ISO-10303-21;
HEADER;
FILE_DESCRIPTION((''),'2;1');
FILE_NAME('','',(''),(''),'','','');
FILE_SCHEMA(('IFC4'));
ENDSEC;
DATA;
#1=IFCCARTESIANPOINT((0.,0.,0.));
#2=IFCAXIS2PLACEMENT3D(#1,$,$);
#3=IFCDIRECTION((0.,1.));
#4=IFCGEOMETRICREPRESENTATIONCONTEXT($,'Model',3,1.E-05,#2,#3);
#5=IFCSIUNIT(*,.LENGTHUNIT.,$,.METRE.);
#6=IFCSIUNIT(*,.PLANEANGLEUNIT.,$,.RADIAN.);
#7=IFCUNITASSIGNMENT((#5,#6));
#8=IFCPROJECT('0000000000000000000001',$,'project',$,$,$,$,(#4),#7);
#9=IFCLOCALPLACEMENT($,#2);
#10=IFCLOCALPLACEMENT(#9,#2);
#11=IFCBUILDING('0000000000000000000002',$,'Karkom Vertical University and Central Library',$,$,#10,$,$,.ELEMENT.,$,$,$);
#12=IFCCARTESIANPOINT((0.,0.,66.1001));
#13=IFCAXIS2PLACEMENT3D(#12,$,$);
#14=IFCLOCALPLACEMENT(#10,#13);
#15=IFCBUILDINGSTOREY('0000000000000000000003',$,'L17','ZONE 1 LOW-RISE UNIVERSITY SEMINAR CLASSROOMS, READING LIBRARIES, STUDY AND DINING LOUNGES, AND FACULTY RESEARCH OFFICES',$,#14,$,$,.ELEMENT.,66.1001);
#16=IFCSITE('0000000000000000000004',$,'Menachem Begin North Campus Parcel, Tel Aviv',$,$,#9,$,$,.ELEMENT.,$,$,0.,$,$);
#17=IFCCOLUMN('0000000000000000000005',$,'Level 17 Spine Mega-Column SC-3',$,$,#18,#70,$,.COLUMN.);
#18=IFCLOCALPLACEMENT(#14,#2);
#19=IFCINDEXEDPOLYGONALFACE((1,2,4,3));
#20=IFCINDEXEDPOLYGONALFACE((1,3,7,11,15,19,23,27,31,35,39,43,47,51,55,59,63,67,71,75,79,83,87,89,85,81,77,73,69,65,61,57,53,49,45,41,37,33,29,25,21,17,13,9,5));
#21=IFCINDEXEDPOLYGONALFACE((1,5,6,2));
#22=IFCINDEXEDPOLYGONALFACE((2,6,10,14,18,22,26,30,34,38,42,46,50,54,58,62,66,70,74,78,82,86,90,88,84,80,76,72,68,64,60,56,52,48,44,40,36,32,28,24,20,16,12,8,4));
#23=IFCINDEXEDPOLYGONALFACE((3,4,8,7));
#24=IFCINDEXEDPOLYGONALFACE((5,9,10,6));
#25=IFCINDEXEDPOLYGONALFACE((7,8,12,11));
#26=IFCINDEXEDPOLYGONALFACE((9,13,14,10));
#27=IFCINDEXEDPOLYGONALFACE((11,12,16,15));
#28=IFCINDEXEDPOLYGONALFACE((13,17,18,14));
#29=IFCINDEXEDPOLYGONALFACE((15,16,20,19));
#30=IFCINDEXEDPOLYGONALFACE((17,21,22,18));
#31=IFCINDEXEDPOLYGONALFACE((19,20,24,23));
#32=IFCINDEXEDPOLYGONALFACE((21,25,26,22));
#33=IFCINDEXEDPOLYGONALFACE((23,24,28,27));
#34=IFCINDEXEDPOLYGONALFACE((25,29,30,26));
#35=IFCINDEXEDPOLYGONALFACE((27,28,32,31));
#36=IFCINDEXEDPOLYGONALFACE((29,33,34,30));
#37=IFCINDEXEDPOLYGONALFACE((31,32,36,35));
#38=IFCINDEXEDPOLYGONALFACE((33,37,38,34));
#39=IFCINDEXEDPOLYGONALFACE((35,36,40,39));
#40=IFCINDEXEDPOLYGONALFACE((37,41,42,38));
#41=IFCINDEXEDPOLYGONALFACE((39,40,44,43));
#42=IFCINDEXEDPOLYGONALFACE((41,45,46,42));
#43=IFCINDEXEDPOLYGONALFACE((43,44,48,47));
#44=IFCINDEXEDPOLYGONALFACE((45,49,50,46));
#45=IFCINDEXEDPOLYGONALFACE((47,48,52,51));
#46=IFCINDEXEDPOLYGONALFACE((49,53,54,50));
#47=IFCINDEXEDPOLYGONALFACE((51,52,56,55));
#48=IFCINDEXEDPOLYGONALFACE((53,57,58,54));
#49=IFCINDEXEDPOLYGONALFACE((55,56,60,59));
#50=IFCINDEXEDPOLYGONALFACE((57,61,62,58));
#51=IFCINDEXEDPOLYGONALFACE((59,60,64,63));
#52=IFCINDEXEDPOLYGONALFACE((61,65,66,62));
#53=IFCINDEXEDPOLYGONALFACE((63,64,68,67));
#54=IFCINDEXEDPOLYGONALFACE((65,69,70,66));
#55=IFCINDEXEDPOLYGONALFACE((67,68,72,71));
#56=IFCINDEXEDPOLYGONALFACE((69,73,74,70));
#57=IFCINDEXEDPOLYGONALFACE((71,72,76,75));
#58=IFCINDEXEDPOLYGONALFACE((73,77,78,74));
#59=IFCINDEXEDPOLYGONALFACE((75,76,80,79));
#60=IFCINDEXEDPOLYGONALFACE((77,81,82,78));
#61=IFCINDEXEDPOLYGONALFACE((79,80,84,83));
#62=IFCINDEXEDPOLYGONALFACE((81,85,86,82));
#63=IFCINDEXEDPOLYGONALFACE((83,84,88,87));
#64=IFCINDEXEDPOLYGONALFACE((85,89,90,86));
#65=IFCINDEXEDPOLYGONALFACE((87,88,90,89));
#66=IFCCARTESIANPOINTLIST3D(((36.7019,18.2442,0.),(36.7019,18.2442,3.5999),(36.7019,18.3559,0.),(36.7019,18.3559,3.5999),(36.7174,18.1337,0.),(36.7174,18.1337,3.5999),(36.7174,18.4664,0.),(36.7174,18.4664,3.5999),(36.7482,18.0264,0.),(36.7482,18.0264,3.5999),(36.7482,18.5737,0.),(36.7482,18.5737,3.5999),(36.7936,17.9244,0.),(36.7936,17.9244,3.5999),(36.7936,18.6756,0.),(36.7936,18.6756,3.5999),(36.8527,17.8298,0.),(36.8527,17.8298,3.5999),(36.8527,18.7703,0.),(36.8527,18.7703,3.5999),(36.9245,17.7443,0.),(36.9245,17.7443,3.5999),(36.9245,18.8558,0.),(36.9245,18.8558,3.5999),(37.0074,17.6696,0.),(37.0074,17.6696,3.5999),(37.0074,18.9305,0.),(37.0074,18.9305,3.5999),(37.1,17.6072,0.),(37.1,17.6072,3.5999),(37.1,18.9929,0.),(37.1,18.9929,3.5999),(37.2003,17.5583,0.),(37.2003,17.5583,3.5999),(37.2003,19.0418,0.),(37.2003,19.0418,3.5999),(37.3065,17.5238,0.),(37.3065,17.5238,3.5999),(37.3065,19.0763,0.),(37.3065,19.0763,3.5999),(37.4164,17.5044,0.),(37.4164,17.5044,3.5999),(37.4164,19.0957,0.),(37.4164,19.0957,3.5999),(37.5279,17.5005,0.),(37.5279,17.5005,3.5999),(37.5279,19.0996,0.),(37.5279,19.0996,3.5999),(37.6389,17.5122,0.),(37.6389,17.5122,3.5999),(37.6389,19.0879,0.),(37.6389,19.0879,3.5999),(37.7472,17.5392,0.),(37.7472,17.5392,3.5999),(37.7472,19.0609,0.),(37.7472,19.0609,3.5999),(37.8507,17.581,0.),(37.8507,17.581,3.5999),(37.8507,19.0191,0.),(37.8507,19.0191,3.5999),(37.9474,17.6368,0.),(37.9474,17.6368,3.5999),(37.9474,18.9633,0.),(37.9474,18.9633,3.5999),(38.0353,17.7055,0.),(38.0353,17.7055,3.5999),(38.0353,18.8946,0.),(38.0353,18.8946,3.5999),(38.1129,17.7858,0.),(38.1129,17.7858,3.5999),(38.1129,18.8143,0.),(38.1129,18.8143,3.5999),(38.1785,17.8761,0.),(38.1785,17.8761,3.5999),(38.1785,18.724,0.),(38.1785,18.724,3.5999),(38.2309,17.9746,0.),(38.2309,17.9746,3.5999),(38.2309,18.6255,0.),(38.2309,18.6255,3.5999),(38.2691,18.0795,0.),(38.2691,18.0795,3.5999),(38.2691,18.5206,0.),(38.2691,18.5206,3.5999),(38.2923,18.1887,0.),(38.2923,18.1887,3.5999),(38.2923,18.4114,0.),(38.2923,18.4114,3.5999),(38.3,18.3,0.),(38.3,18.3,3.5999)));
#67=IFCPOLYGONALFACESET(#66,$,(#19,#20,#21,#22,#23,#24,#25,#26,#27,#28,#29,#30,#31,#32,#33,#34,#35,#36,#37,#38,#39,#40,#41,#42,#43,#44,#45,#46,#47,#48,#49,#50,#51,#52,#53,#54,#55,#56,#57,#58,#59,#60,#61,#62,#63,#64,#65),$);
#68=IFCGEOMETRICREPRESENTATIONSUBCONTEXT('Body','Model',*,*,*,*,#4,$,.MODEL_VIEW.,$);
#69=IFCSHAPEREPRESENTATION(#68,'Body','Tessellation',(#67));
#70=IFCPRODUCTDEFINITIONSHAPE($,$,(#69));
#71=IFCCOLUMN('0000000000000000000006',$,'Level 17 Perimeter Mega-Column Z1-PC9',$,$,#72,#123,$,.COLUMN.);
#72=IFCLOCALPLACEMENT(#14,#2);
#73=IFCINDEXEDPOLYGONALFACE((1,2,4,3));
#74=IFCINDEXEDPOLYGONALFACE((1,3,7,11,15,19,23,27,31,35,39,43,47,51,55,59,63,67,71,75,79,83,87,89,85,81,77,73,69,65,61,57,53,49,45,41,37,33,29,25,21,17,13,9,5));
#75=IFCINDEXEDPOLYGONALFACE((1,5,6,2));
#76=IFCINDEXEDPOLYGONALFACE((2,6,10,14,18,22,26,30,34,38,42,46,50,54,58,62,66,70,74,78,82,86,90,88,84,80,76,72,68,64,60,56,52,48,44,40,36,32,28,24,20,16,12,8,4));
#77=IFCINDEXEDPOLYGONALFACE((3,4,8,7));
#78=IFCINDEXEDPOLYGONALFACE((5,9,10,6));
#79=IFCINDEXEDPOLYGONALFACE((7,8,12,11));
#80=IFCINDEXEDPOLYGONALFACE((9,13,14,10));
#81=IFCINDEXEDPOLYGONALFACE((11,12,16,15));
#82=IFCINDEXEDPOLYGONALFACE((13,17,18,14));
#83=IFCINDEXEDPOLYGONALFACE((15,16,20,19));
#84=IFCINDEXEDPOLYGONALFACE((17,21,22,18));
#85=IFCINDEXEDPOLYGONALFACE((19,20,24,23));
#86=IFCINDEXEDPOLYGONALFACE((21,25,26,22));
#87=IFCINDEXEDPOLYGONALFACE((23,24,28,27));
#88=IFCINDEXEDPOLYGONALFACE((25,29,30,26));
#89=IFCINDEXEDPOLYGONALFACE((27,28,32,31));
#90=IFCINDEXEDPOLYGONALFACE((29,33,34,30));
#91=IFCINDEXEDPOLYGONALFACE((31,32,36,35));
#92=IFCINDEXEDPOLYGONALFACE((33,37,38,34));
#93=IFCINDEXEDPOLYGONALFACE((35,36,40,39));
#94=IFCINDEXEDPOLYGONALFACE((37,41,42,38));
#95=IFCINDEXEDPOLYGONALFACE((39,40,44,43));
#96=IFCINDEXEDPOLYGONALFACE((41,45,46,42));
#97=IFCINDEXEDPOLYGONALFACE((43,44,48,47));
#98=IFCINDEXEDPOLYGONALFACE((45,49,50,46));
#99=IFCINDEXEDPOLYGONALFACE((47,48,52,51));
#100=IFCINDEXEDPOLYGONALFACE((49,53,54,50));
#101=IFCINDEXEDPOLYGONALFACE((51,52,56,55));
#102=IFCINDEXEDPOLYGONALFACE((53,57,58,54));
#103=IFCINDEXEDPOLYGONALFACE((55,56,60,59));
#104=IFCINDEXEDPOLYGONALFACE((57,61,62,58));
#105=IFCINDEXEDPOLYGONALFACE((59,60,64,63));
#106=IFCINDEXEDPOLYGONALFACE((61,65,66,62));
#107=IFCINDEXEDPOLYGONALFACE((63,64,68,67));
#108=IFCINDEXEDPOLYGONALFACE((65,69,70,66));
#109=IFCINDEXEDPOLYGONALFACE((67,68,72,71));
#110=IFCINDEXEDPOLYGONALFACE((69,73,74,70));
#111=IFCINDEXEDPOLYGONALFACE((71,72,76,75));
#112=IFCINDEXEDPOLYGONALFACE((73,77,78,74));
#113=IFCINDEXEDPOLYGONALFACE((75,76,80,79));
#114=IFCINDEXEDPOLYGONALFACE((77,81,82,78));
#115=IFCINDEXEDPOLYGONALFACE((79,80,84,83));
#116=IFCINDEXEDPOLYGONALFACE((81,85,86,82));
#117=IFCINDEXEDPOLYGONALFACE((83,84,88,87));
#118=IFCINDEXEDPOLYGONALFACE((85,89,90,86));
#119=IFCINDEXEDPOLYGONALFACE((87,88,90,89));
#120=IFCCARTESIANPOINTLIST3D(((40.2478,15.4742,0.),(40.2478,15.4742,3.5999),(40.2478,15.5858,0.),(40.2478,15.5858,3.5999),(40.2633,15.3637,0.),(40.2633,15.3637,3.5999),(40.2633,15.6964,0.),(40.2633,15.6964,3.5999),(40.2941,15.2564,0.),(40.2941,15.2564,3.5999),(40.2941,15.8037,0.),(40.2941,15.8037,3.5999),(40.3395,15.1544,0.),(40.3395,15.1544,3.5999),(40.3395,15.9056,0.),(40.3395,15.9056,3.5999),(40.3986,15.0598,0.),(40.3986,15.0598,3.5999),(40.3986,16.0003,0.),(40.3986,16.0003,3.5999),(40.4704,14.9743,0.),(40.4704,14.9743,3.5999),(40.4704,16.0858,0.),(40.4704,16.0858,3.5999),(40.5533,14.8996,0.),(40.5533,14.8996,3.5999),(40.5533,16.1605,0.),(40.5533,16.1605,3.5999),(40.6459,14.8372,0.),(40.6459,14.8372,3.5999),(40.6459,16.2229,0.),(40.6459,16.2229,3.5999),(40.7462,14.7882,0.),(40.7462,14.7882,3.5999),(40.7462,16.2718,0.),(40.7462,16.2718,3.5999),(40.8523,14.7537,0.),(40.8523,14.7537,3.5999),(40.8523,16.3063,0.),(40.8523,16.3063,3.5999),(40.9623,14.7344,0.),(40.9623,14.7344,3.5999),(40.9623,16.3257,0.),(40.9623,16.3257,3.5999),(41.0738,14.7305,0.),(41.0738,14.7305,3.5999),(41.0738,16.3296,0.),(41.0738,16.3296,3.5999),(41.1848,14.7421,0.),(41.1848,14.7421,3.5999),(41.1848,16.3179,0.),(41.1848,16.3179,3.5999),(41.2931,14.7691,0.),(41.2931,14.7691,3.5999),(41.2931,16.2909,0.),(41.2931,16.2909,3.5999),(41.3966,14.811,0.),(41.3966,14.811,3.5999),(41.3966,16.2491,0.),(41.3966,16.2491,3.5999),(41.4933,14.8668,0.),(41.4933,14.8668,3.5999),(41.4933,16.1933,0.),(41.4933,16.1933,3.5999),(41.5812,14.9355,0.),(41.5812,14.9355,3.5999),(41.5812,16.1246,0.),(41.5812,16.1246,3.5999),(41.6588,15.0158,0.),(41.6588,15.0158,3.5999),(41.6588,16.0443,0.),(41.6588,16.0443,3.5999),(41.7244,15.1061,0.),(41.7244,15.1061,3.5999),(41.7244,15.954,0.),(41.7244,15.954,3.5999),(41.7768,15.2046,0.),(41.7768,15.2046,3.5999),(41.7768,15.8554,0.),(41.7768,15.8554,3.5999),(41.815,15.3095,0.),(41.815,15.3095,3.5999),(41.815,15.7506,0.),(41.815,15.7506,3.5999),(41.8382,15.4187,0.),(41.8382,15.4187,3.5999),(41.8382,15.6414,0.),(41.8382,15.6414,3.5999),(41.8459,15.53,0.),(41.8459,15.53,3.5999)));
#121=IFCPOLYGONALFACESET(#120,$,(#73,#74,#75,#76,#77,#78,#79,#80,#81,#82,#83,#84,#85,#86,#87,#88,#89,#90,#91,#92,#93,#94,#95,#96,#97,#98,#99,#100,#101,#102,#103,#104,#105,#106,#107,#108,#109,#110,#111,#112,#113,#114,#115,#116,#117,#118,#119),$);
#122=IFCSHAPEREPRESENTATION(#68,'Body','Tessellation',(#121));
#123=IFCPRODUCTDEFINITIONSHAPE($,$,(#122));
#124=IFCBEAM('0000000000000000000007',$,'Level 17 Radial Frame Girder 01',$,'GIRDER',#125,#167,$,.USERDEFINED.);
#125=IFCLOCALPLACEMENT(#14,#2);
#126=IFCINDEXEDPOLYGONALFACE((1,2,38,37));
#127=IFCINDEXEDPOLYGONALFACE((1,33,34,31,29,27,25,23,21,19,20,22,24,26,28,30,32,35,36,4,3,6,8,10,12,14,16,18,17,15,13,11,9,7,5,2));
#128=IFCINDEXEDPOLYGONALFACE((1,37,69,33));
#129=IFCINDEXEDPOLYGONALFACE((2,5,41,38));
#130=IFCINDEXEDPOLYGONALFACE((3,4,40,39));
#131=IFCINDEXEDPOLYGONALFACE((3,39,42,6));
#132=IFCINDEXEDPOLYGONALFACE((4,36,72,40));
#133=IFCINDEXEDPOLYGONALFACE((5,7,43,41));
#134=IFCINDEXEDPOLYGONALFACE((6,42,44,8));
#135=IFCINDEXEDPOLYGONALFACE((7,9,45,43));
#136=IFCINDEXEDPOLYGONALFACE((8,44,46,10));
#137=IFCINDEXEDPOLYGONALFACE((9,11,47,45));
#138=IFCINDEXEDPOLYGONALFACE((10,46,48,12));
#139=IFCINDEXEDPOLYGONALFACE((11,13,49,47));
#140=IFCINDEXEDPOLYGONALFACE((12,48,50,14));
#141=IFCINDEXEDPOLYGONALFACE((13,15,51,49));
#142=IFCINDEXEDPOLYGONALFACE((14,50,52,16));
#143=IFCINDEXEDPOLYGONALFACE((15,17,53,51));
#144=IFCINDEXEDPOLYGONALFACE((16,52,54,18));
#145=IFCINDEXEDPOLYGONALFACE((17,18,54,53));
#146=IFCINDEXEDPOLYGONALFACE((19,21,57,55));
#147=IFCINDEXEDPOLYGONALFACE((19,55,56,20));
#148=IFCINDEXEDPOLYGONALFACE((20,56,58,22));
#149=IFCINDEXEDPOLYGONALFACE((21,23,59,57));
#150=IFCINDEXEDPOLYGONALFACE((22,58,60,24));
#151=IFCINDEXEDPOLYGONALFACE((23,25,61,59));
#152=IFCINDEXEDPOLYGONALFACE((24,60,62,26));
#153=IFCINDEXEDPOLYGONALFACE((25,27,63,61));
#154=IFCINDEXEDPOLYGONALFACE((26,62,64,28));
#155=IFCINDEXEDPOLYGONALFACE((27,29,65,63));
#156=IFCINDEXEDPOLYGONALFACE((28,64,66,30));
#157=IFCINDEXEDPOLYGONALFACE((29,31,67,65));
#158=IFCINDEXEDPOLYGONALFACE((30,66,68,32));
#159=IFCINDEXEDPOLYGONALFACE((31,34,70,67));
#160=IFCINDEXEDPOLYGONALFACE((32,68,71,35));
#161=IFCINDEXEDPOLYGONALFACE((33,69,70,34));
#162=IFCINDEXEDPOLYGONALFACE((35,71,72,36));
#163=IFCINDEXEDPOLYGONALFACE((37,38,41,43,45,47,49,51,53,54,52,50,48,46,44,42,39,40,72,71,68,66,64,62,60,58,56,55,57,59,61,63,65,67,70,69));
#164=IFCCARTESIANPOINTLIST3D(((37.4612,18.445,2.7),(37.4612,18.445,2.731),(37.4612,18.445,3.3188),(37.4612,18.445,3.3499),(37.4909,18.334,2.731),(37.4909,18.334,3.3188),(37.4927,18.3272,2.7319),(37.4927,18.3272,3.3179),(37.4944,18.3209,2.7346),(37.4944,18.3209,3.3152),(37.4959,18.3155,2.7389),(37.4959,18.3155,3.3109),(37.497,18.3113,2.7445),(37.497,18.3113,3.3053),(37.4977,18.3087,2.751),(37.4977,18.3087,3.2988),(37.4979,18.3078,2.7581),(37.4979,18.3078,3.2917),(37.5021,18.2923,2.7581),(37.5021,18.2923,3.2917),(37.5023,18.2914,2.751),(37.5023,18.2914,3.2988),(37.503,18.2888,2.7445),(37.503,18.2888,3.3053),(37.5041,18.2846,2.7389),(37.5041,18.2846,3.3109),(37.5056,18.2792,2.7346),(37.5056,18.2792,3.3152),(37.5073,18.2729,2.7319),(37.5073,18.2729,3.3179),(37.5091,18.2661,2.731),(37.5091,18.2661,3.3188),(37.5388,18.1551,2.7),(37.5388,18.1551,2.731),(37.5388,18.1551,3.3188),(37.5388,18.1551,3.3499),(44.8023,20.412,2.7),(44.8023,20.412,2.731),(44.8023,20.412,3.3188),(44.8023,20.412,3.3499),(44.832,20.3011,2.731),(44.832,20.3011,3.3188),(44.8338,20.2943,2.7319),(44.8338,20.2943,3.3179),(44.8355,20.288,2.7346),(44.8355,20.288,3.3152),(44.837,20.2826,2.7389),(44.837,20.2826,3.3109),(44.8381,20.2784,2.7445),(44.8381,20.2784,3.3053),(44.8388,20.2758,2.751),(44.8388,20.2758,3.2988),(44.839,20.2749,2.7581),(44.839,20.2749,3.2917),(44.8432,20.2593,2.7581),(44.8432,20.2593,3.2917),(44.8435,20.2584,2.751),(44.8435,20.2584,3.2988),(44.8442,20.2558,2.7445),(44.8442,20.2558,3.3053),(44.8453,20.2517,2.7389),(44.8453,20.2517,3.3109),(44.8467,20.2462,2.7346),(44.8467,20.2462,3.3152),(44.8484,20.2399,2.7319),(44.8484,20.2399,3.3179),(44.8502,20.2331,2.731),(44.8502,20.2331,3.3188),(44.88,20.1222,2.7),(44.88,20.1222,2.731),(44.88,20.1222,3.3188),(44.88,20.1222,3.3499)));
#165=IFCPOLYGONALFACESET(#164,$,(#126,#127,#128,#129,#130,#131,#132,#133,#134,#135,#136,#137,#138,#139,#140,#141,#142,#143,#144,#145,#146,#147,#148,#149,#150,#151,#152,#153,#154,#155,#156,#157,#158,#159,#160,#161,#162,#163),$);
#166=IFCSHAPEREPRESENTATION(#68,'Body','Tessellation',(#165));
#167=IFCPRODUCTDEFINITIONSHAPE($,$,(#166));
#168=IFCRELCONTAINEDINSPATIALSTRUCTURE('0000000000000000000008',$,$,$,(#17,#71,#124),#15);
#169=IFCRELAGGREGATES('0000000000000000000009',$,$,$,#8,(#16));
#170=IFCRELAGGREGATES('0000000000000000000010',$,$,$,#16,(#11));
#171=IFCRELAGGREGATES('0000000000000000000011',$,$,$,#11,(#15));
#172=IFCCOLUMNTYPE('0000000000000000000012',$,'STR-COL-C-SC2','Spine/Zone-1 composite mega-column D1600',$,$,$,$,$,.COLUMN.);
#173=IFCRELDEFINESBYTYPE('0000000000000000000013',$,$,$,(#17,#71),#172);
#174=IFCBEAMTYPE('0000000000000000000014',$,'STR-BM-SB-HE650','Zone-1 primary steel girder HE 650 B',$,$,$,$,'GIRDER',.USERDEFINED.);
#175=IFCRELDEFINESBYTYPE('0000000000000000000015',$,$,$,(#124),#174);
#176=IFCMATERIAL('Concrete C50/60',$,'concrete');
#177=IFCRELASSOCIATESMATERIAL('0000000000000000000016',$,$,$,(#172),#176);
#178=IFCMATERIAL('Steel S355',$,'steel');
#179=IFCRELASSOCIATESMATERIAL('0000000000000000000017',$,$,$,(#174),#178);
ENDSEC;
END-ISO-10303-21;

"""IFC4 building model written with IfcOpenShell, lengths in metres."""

from ifc_helpers import new_model, si_unit, direction, frame, origin, origin_with_axes, origin_2d, place, context, subcontext, project, spatial, circle, i_section, extrude, source, transform, mapped, material, material_profile, profile_set, type_object, element, save


model = new_model("IFC4")

# Units and contexts
model_context = context("Model", 3, precision=1e-05, world=origin(), true_north=direction((0.0, 1.0)))
body_context = subcontext(model_context, "Body", "Model", "MODEL_VIEW")
ifc_project = project(units=[si_unit("LENGTHUNIT", "METRE"), si_unit("PLANEANGLEUNIT", "RADIAN")], contexts=[model_context])

# Site, building, storey
site_placement = place(None, origin())
site = spatial("IfcSite", under=ifc_project, at=site_placement, Name="Menachem Begin North Campus Parcel, Tel Aviv", CompositionType="ELEMENT", RefElevation=0.0)
building_placement = place(site_placement, origin())
building = spatial("IfcBuilding", under=site, at=building_placement, Name="Karkom Vertical University and Central Library", CompositionType="ELEMENT")
storey_placement = place(building_placement, frame((0.0, 0.0, 66.1001)))
storey = spatial("IfcBuildingStorey", under=building, at=storey_placement, Name="L17", Description="ZONE 1 LOW-RISE UNIVERSITY SEMINAR CLASSROOMS, READING LIBRARIES, STUDY AND DINING LOUNGES, AND FACULTY RESEARCH OFFICES", CompositionType="ELEMENT", Elevation=66.1001)

# Columns
ifc_material_1 = material(Name="Concrete C50/60", Category="concrete")
ifc_material_profile_1 = material_profile(ifc_material_1, circle(Radius=0.8, at=origin_2d()), Name="CFT-D1600")
ifc_profile_set_1 = profile_set([ifc_material_profile_1], Name="Concrete C50/60")
column_type = type_object("IfcColumnType", Name="STR-COL-C-SC2", Description="Spine/Zone-1 composite mega-column D1600", PredefinedType="COLUMN", material=ifc_profile_set_1)
shared_shape_1 = source(origin_with_axes(), body_context, "Body", "SweptSolid", [
    extrude(circle(Radius=0.8, at=origin_2d()), origin(), (0.0, 0.0, 1.0), 3.5999),
])
for number, where, z_axis, x_axis, name in (
    (1, (37.5, 18.3, 0.0), (0.0, 0.0, 1.0), (1.0, 0.0, 0.0), "Level 17 Spine Mega-Column SC-3"),
    (2, (41.0459, 15.53, 0.0), (0.0, 0.0, 1.0), (1.0, 0.0, 0.0), "Level 17 Perimeter Mega-Column Z1-PC9"),
):
    element("IfcColumn", number, at=place(storey_placement, frame(where, z_axis=z_axis, x_axis=x_axis)), inside=storey, type_object=column_type, Name=name, PredefinedType="COLUMN", context=body_context, shape_type="MappedRepresentation", body=[
        mapped(shared_shape_1, transform((0.0, 0.0, 0.0), scale=1.0)),
    ])

# Beam
ifc_material_2 = material(Name="Steel S355", Category="steel")
ifc_material_profile_2 = material_profile(ifc_material_2, i_section(OverallWidth=0.3, OverallDepth=0.6499, WebThickness=0.0161, FlangeThickness=0.031, FilletRadius=0.0271, at=origin_2d()), Name="HE 650 B")
ifc_profile_set_2 = profile_set([ifc_material_profile_2], Name="Steel S355")
beam_type_1 = type_object("IfcBeamType", Name="STR-BM-SB-HE650", Description="Zone-1 primary steel girder HE 650 B", ElementType="GIRDER", PredefinedType="USERDEFINED", material=ifc_profile_set_2)
shared_shape_2 = source(origin_with_axes(), body_context, "Body", "SweptSolid", [
    extrude(i_section(OverallWidth=0.3, OverallDepth=0.6499, WebThickness=0.0161, FlangeThickness=0.031, FilletRadius=0.0271, at=origin_2d()), origin(), (0.0, 0.0, 1.0), 7.6001),
])
beam_1_placement = place(storey_placement, frame((37.5, 18.3, 3.0249), z_axis=(0.965926, 0.25882, 0.0), x_axis=(-0.25882, 0.965926, 0.0)))
element("IfcBeam", 3, at=beam_1_placement, inside=storey, type_object=beam_type_1, Name="Level 17 Radial Frame Girder 01", ObjectType="GIRDER", PredefinedType="USERDEFINED", context=body_context, shape_type="MappedRepresentation", body=[
    mapped(shared_shape_2, transform((0.0, 0.0, 0.0), scale=1.0)),
])

save(model, "model.ifc")
